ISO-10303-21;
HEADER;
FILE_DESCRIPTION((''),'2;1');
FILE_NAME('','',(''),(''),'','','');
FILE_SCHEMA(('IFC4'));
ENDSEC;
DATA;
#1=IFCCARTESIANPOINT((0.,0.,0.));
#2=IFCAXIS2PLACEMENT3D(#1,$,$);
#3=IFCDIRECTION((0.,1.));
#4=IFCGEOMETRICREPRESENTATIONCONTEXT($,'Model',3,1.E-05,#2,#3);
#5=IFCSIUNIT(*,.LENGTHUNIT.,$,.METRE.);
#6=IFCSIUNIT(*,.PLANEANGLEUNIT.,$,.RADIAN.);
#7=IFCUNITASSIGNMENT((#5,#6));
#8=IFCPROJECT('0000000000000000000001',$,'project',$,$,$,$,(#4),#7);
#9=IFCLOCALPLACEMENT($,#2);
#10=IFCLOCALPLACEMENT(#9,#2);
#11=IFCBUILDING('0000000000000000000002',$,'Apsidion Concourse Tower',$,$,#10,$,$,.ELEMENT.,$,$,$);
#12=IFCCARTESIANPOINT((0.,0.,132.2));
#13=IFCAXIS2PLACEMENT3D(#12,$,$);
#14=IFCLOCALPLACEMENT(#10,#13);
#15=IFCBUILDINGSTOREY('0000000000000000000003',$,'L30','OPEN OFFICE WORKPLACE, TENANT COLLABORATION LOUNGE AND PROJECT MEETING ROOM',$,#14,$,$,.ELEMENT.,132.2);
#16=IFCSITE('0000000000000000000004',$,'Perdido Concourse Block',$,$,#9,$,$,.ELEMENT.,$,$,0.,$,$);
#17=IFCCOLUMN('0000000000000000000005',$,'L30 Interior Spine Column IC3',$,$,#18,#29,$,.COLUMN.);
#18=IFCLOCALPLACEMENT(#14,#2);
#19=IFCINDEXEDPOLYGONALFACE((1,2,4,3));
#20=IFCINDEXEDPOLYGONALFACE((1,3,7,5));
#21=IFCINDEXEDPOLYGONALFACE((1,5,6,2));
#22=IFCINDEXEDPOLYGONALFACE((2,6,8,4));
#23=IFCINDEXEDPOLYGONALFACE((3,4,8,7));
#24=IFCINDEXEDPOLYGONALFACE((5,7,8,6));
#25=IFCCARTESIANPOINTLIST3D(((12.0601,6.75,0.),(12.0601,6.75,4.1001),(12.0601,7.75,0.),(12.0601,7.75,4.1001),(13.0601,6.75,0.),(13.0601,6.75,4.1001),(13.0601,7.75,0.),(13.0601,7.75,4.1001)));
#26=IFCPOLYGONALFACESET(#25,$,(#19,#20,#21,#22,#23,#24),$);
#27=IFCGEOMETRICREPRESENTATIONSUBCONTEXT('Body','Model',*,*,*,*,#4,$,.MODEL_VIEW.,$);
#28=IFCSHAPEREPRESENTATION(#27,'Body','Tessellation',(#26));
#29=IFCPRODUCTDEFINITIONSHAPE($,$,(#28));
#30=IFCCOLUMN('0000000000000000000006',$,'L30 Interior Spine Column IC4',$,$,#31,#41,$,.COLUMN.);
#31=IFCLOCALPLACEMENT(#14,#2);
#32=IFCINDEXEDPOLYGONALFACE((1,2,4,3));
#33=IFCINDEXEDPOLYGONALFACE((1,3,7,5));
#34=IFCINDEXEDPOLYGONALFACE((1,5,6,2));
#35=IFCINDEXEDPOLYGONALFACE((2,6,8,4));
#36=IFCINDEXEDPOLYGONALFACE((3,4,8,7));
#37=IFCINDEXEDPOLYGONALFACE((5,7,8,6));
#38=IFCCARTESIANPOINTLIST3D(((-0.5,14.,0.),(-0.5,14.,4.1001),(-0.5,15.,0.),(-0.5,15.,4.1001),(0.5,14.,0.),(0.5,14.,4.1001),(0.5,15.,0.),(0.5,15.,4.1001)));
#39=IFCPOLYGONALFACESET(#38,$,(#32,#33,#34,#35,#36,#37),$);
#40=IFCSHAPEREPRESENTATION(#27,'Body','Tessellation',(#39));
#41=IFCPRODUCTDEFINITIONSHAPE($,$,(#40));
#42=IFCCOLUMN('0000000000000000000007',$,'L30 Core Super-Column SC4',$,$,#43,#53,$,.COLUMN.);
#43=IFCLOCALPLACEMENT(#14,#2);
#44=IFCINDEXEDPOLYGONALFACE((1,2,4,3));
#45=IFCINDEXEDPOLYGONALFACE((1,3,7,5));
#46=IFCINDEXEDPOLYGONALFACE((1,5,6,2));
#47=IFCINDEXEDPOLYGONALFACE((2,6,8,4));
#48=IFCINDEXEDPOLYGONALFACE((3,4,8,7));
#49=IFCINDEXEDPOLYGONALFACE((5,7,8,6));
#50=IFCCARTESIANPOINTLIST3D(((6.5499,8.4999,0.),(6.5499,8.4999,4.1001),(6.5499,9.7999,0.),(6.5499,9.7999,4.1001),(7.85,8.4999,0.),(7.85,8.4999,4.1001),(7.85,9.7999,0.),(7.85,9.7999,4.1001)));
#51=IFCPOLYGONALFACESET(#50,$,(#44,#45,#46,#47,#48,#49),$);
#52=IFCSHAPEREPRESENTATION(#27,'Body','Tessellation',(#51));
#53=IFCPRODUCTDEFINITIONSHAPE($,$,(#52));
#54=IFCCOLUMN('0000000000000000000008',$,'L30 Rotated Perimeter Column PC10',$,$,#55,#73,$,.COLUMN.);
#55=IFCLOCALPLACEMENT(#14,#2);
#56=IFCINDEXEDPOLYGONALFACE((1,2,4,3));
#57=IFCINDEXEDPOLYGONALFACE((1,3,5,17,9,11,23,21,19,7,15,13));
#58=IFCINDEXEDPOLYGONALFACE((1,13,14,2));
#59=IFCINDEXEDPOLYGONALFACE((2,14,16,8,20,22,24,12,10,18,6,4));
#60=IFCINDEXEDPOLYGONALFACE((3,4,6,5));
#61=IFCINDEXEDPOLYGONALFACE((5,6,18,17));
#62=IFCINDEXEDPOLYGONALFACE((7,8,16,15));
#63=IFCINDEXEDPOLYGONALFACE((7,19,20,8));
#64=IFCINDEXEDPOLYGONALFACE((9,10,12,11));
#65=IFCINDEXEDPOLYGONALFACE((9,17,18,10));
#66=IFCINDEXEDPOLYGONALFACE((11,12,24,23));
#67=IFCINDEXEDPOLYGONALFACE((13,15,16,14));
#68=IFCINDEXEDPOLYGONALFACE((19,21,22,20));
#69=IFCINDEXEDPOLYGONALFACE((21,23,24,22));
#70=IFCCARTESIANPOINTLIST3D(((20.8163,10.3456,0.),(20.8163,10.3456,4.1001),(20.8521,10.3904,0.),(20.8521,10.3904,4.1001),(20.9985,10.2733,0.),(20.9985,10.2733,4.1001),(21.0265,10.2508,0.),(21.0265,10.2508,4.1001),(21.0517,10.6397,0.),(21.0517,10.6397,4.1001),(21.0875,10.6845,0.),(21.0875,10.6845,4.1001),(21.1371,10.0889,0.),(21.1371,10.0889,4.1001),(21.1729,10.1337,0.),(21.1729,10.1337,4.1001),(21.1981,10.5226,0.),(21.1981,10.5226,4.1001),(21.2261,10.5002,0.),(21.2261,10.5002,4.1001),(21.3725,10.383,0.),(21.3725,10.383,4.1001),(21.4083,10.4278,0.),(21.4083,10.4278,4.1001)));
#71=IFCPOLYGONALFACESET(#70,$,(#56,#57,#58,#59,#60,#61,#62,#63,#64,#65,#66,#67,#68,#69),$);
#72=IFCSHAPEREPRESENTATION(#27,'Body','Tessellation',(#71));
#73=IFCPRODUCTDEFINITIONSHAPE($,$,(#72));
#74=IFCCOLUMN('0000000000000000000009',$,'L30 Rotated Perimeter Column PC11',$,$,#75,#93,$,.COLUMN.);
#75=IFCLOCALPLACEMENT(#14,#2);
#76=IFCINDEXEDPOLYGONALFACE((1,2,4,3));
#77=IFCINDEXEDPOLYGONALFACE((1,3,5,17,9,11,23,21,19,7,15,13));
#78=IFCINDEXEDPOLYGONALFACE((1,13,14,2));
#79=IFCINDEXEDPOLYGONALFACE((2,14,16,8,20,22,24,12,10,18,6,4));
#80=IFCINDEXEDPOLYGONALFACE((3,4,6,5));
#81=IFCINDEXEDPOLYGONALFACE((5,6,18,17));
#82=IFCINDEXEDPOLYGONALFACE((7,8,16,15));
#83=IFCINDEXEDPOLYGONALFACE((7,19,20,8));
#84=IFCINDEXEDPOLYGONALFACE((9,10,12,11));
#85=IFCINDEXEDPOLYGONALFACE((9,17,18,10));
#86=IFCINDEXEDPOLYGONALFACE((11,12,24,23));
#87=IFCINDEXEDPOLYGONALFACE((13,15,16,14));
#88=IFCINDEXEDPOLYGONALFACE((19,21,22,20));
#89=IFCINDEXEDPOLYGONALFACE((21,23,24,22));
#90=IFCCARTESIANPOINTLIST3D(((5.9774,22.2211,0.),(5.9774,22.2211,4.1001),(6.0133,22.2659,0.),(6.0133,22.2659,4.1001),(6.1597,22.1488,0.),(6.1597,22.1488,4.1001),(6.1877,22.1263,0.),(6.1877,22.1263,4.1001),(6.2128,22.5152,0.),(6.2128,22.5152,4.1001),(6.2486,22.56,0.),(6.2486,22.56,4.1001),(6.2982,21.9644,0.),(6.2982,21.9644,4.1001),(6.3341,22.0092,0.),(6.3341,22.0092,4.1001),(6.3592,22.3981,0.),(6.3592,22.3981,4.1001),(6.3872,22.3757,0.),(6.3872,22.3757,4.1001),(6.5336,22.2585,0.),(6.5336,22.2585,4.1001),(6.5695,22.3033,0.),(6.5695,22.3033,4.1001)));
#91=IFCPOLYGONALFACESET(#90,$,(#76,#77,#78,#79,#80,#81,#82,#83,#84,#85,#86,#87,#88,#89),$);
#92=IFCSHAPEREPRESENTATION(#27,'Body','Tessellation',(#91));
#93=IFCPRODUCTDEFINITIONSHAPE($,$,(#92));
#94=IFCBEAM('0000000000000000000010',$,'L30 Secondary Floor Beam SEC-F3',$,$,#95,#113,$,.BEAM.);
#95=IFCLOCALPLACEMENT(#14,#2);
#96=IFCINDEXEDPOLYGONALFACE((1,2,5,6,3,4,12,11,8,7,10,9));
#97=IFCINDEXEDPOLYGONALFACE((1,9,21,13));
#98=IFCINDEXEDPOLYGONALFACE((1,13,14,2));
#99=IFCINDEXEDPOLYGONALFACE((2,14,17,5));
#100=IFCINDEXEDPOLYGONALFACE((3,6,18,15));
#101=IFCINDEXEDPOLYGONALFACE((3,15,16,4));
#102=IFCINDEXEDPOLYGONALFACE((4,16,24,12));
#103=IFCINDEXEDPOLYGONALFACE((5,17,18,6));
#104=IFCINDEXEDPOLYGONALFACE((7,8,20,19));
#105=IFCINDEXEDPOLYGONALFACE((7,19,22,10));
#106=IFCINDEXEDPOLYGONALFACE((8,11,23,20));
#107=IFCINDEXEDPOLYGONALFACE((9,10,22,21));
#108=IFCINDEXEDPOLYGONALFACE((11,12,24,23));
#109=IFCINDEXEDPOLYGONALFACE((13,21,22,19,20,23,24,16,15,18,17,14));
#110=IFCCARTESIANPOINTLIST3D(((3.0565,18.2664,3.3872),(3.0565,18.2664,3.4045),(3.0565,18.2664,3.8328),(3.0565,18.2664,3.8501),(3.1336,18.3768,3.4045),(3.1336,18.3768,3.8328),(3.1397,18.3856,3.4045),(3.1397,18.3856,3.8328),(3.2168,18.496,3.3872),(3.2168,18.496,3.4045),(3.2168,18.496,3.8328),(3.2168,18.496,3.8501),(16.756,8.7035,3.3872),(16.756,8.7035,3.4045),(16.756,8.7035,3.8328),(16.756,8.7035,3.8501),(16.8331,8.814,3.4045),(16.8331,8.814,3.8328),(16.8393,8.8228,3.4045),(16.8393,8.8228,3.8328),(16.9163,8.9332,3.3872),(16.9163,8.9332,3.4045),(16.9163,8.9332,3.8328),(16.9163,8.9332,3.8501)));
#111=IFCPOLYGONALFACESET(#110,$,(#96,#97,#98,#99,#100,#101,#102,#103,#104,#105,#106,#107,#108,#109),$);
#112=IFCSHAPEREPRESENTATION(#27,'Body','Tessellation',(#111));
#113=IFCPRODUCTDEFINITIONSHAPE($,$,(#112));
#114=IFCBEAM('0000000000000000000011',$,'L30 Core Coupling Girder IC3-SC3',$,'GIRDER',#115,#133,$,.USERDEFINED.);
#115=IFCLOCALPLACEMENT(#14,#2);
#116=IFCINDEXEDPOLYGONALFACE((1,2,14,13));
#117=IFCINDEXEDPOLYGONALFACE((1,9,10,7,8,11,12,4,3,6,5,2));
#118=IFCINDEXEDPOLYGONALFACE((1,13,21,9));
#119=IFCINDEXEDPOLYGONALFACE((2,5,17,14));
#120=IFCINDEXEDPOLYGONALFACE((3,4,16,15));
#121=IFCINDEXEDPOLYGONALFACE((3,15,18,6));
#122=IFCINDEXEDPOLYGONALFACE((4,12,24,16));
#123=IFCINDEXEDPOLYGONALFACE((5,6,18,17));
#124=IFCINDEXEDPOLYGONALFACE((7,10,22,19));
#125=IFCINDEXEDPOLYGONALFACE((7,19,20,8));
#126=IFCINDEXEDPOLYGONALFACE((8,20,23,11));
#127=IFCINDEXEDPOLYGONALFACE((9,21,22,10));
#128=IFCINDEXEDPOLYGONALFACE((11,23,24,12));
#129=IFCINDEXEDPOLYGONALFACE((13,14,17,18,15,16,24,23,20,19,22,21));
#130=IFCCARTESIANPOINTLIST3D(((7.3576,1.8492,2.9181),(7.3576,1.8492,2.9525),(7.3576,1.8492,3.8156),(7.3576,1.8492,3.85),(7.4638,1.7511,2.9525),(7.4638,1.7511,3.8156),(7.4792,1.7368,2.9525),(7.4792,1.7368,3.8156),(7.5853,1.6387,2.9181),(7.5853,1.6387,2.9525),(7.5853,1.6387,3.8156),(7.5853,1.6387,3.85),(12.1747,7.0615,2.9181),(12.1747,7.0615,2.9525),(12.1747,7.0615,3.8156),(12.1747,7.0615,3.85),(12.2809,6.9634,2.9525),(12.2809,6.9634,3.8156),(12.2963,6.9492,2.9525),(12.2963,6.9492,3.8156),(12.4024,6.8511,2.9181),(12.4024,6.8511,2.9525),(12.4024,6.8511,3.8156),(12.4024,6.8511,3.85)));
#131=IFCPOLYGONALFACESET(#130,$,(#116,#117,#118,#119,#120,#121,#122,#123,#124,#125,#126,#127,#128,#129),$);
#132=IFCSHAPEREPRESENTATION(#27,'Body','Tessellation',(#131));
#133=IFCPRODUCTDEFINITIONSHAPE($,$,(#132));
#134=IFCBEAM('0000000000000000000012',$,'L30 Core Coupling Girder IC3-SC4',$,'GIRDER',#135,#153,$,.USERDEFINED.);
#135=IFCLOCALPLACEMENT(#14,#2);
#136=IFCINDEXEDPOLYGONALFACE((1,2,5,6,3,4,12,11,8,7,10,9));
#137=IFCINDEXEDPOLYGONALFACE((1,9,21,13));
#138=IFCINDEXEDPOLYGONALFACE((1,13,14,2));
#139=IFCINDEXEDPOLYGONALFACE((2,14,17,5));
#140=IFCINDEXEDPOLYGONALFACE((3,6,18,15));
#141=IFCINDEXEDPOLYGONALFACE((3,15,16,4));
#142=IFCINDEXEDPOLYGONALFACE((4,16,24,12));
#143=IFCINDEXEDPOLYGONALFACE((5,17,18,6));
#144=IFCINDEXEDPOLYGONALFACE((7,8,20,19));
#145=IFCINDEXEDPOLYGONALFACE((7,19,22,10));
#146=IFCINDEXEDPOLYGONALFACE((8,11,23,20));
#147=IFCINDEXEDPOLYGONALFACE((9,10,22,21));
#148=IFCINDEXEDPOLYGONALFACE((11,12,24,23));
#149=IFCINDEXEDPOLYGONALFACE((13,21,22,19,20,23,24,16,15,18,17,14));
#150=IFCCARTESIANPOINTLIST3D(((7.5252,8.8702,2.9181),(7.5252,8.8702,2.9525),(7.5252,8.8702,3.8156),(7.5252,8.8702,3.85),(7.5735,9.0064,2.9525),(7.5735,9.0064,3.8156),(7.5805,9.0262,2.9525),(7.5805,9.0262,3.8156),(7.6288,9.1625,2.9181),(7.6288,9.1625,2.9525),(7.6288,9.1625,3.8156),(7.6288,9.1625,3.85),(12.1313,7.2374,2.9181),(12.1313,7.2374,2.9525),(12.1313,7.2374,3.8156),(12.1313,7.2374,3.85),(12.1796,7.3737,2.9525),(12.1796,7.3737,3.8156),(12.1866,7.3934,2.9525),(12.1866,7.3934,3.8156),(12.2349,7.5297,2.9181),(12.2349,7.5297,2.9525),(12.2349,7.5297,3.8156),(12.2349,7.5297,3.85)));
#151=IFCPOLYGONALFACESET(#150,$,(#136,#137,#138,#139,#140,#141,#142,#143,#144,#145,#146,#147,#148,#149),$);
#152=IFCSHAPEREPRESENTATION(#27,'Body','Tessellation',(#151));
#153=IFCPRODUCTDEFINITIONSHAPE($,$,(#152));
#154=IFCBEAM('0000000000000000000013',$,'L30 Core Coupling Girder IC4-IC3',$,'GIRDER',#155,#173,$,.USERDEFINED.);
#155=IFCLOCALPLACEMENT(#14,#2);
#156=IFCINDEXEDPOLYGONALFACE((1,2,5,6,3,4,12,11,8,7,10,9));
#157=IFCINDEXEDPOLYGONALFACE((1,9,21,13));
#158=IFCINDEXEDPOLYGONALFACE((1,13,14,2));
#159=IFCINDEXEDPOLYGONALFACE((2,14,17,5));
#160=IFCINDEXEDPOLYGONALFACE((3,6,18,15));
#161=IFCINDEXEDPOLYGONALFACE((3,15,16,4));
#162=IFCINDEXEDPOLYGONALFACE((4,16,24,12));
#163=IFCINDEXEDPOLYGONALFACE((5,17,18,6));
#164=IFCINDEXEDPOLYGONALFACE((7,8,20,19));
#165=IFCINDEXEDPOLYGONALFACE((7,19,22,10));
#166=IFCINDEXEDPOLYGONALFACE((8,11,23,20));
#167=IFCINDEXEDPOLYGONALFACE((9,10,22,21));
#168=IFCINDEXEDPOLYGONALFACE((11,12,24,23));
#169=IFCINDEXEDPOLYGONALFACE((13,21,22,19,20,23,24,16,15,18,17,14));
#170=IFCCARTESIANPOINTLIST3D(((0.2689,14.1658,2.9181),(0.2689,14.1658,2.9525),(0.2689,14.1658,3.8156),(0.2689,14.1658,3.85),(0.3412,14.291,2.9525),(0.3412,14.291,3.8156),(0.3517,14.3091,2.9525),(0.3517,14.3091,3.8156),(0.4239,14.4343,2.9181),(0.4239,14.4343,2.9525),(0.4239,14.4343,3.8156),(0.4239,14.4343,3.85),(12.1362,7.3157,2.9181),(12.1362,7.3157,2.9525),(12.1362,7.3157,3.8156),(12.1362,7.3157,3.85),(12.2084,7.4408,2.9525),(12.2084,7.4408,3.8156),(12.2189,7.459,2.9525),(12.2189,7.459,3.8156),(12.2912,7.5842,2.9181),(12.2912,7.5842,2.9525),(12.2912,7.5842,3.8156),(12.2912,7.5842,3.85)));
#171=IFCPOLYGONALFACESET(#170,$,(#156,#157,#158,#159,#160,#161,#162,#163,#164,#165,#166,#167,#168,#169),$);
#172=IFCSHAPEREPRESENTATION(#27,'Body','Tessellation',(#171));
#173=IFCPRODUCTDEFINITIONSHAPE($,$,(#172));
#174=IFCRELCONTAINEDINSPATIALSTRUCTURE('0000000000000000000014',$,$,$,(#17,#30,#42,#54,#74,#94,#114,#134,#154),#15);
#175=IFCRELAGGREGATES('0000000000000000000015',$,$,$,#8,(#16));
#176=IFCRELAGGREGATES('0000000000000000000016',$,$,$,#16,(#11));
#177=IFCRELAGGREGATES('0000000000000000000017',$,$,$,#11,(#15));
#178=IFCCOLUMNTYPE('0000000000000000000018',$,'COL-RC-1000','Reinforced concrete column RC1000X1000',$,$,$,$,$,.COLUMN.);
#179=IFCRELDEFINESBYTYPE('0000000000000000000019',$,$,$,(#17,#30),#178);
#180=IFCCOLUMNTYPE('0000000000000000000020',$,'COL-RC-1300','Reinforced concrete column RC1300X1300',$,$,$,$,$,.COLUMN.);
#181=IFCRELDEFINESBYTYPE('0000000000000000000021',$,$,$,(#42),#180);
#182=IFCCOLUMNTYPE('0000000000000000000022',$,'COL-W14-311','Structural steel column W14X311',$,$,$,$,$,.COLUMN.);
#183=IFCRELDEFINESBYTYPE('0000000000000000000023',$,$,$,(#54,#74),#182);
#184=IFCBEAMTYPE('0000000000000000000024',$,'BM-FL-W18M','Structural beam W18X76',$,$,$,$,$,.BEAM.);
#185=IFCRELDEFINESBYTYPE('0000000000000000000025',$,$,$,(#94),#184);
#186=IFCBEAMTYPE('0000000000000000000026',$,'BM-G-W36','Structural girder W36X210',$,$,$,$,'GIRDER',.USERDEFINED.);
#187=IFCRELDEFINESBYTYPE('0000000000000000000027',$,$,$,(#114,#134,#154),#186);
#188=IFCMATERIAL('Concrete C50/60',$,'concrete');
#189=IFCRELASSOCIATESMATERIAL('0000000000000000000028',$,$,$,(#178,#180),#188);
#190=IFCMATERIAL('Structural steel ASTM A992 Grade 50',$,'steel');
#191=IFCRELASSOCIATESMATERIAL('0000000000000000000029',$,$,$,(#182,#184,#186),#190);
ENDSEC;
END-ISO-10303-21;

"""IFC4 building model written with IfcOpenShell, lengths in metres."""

from ifc_helpers import new_model, si_unit, direction, frame, origin, origin_2d, place, context, subcontext, project, spatial, rectangle, i_section, extrude, material, material_profile, profile_set, type_object, element, save


model = new_model("IFC4")

# Units and contexts
model_context = context("Model", 3, precision=1e-05, world=origin(), true_north=direction((0.0, 1.0)))
body_context = subcontext(model_context, "Body", "Model", "MODEL_VIEW")
ifc_project = project(units=[si_unit("LENGTHUNIT", "METRE"), si_unit("PLANEANGLEUNIT", "RADIAN")], contexts=[model_context])

# Site, building, storey
site_placement = place(None, origin())
site = spatial("IfcSite", under=ifc_project, at=site_placement, Name="Perdido Concourse Block", CompositionType="ELEMENT", RefElevation=0.0)
building_placement = place(site_placement, origin())
building = spatial("IfcBuilding", under=site, at=building_placement, Name="Apsidion Concourse Tower", CompositionType="ELEMENT")
storey_placement = place(building_placement, frame((0.0, 0.0, 132.2)))
storey = spatial("IfcBuildingStorey", under=building, at=storey_placement, Name="L30", Description="OPEN OFFICE WORKPLACE, TENANT COLLABORATION LOUNGE AND PROJECT MEETING ROOM", CompositionType="ELEMENT", Elevation=132.2)

# Columns
ifc_material_1 = material(Name="Concrete C50/60", Category="concrete")
ifc_material_profile_1 = material_profile(ifc_material_1, rectangle(XDim=1.0, YDim=1.0, at=origin_2d()), Name="RC 1000x1000")
ifc_profile_set_1 = profile_set([ifc_material_profile_1], Name="Concrete C50/60")
column_type_1 = type_object("IfcColumnType", Name="COL-RC-1000", Description="Reinforced concrete column RC1000X1000", PredefinedType="COLUMN", material=ifc_profile_set_1)
for number, where, z_axis, x_axis, name in (
    (1, (12.5601, 7.25, 0.0), (0.0, 0.0, 1.0), (1.0, 0.0, 0.0), "L30 Interior Spine Column IC3"),
    (2, (0.0, 14.5, 0.0), (0.0, 0.0, 1.0), (1.0, 0.0, 0.0), "L30 Interior Spine Column IC4"),
):
    element("IfcColumn", number, at=place(storey_placement, frame(where, z_axis=z_axis, x_axis=x_axis)), inside=storey, type_object=column_type_1, Name=name, PredefinedType="COLUMN", context=body_context, shape_type="SweptSolid", body=[
        extrude(rectangle(XDim=1.0, YDim=1.0, at=origin_2d()), origin(), (0.0, 0.0, 1.0), 4.1001),
    ])
ifc_material_profile_2 = material_profile(ifc_material_1, rectangle(XDim=1.3, YDim=1.3, at=origin_2d()), Name="RC 1300x1300")
ifc_profile_set_2 = profile_set([ifc_material_profile_2], Name="Concrete C50/60")
column_type_2 = type_object("IfcColumnType", Name="COL-RC-1300", Description="Reinforced concrete column RC1300X1300", PredefinedType="COLUMN", material=ifc_profile_set_2)
column_placement = place(storey_placement, frame((7.2, 9.1499, 0.0), z_axis=(0.0, 0.0, 1.0), x_axis=(1.0, 0.0, 0.0)))
element("IfcColumn", 3, at=column_placement, inside=storey, type_object=column_type_2, Name="L30 Core Super-Column SC4", PredefinedType="COLUMN", context=body_context, shape_type="SweptSolid", body=[
    extrude(rectangle(XDim=1.3, YDim=1.3, at=origin_2d()), origin(), (0.0, 0.0, 1.0), 4.1001),
])
ifc_material_2 = material(Name="Structural steel ASTM A992 Grade 50", Category="steel")
ifc_material_profile_3 = material_profile(ifc_material_2, i_section(OverallWidth=0.4109, OverallDepth=0.4341, WebThickness=0.0359, FlangeThickness=0.0574, at=origin_2d()), Name="W14X311")
ifc_profile_set_3 = profile_set([ifc_material_profile_3], Name="Structural steel ASTM A992 Grade 50")
column_type_3 = type_object("IfcColumnType", Name="COL-W14-311", Description="Structural steel column W14X311", PredefinedType="COLUMN", material=ifc_profile_set_3)
for number, where, z_axis, x_axis, name in (
    (4, (21.1123, 10.3867, 0.0), (0.0, 0.0, 1.0), (-0.780758, 0.624834, 0.0), "L30 Rotated Perimeter Column PC10"),
    (5, (6.2734, 22.2622, 0.0), (0.0, 0.0, 1.0), (-0.780758, 0.624834, 0.0), "L30 Rotated Perimeter Column PC11"),
):
    element("IfcColumn", number, at=place(storey_placement, frame(where, z_axis=z_axis, x_axis=x_axis)), inside=storey, type_object=column_type_3, Name=name, PredefinedType="COLUMN", context=body_context, shape_type="SweptSolid", body=[
        extrude(i_section(OverallWidth=0.4109, OverallDepth=0.4341, WebThickness=0.0359, FlangeThickness=0.0574, at=origin_2d()), origin(), (0.0, 0.0, 1.0), 4.1001),
    ])

# Beams
ifc_material_profile_4 = material_profile(ifc_material_2, i_section(OverallWidth=0.28, OverallDepth=0.4629, WebThickness=0.0107, FlangeThickness=0.0173, at=origin_2d()), Name="W18X76")
ifc_profile_set_4 = profile_set([ifc_material_profile_4], Name="Structural steel ASTM A992 Grade 50")
beam_type_1 = type_object("IfcBeamType", Name="BM-FL-W18M", Description="Structural beam W18X76", PredefinedType="BEAM", material=ifc_profile_set_4)
beam_1_placement = place(storey_placement, frame((16.8362, 8.8184, 3.6187), z_axis=(-0.819987, 0.572382, 0.0), x_axis=(-0.572382, -0.819987, 0.0)))
element("IfcBeam", 6, at=beam_1_placement, inside=storey, type_object=beam_type_1, Name="L30 Secondary Floor Beam SEC-F3", PredefinedType="BEAM", context=body_context, shape_type="SweptSolid", body=[
    extrude(i_section(OverallWidth=0.28, OverallDepth=0.4629, WebThickness=0.0107, FlangeThickness=0.0173, at=origin_2d()), origin(), (0.0, 0.0, 1.0), 16.707),
])
ifc_material_profile_5 = material_profile(ifc_material_2, i_section(OverallWidth=0.3101, OverallDepth=0.9319, WebThickness=0.021, FlangeThickness=0.0344, at=origin_2d()), Name="W36X210")
ifc_profile_set_5 = profile_set([ifc_material_profile_5], Name="Structural steel ASTM A992 Grade 50")
beam_type_2 = type_object("IfcBeamType", Name="BM-G-W36", Description="Structural girder W36X210", ElementType="GIRDER", PredefinedType="USERDEFINED", material=ifc_profile_set_5)
beam_2_placement = place(storey_placement, frame((12.2886, 6.9563, 3.384), z_axis=(-0.678713, -0.734404, 0.0), x_axis=(0.734404, -0.678713, 0.0)))
element("IfcBeam", 7, at=beam_2_placement, inside=storey, type_object=beam_type_2, Name="L30 Core Coupling Girder IC3-SC3", ObjectType="GIRDER", PredefinedType="USERDEFINED", context=body_context, shape_type="SweptSolid", body=[
    extrude(i_section(OverallWidth=0.3101, OverallDepth=0.9319, WebThickness=0.021, FlangeThickness=0.0344, at=origin_2d()), origin(), (0.0, 0.0, 1.0), 7.0974),
])
beam_3_placement = place(storey_placement, frame((12.1831, 7.3835, 3.384), z_axis=(-0.942534, 0.334111, 0.0), x_axis=(-0.334111, -0.942534, 0.0)))
element("IfcBeam", 8, at=beam_3_placement, inside=storey, type_object=beam_type_2, Name="L30 Core Coupling Girder IC3-SC4", ObjectType="GIRDER", PredefinedType="USERDEFINED", context=body_context, shape_type="SweptSolid", body=[
    extrude(i_section(OverallWidth=0.3101, OverallDepth=0.9319, WebThickness=0.021, FlangeThickness=0.0344, at=origin_2d()), origin(), (0.0, 0.0, 1.0), 4.887),
])
beam_4_placement = place(storey_placement, frame((0.3464, 14.3, 3.384), z_axis=(0.86607, -0.499922, 0.0), x_axis=(0.499922, 0.86607, 0.0)))
element("IfcBeam", 9, at=beam_4_placement, inside=storey, type_object=beam_type_2, Name="L30 Core Coupling Girder IC4-IC3", ObjectType="GIRDER", PredefinedType="USERDEFINED", context=body_context, shape_type="SweptSolid", body=[
    extrude(i_section(OverallWidth=0.3101, OverallDepth=0.9319, WebThickness=0.021, FlangeThickness=0.0344, at=origin_2d()), origin(), (0.0, 0.0, 1.0), 13.7024),
])

save(model, "model.ifc")
